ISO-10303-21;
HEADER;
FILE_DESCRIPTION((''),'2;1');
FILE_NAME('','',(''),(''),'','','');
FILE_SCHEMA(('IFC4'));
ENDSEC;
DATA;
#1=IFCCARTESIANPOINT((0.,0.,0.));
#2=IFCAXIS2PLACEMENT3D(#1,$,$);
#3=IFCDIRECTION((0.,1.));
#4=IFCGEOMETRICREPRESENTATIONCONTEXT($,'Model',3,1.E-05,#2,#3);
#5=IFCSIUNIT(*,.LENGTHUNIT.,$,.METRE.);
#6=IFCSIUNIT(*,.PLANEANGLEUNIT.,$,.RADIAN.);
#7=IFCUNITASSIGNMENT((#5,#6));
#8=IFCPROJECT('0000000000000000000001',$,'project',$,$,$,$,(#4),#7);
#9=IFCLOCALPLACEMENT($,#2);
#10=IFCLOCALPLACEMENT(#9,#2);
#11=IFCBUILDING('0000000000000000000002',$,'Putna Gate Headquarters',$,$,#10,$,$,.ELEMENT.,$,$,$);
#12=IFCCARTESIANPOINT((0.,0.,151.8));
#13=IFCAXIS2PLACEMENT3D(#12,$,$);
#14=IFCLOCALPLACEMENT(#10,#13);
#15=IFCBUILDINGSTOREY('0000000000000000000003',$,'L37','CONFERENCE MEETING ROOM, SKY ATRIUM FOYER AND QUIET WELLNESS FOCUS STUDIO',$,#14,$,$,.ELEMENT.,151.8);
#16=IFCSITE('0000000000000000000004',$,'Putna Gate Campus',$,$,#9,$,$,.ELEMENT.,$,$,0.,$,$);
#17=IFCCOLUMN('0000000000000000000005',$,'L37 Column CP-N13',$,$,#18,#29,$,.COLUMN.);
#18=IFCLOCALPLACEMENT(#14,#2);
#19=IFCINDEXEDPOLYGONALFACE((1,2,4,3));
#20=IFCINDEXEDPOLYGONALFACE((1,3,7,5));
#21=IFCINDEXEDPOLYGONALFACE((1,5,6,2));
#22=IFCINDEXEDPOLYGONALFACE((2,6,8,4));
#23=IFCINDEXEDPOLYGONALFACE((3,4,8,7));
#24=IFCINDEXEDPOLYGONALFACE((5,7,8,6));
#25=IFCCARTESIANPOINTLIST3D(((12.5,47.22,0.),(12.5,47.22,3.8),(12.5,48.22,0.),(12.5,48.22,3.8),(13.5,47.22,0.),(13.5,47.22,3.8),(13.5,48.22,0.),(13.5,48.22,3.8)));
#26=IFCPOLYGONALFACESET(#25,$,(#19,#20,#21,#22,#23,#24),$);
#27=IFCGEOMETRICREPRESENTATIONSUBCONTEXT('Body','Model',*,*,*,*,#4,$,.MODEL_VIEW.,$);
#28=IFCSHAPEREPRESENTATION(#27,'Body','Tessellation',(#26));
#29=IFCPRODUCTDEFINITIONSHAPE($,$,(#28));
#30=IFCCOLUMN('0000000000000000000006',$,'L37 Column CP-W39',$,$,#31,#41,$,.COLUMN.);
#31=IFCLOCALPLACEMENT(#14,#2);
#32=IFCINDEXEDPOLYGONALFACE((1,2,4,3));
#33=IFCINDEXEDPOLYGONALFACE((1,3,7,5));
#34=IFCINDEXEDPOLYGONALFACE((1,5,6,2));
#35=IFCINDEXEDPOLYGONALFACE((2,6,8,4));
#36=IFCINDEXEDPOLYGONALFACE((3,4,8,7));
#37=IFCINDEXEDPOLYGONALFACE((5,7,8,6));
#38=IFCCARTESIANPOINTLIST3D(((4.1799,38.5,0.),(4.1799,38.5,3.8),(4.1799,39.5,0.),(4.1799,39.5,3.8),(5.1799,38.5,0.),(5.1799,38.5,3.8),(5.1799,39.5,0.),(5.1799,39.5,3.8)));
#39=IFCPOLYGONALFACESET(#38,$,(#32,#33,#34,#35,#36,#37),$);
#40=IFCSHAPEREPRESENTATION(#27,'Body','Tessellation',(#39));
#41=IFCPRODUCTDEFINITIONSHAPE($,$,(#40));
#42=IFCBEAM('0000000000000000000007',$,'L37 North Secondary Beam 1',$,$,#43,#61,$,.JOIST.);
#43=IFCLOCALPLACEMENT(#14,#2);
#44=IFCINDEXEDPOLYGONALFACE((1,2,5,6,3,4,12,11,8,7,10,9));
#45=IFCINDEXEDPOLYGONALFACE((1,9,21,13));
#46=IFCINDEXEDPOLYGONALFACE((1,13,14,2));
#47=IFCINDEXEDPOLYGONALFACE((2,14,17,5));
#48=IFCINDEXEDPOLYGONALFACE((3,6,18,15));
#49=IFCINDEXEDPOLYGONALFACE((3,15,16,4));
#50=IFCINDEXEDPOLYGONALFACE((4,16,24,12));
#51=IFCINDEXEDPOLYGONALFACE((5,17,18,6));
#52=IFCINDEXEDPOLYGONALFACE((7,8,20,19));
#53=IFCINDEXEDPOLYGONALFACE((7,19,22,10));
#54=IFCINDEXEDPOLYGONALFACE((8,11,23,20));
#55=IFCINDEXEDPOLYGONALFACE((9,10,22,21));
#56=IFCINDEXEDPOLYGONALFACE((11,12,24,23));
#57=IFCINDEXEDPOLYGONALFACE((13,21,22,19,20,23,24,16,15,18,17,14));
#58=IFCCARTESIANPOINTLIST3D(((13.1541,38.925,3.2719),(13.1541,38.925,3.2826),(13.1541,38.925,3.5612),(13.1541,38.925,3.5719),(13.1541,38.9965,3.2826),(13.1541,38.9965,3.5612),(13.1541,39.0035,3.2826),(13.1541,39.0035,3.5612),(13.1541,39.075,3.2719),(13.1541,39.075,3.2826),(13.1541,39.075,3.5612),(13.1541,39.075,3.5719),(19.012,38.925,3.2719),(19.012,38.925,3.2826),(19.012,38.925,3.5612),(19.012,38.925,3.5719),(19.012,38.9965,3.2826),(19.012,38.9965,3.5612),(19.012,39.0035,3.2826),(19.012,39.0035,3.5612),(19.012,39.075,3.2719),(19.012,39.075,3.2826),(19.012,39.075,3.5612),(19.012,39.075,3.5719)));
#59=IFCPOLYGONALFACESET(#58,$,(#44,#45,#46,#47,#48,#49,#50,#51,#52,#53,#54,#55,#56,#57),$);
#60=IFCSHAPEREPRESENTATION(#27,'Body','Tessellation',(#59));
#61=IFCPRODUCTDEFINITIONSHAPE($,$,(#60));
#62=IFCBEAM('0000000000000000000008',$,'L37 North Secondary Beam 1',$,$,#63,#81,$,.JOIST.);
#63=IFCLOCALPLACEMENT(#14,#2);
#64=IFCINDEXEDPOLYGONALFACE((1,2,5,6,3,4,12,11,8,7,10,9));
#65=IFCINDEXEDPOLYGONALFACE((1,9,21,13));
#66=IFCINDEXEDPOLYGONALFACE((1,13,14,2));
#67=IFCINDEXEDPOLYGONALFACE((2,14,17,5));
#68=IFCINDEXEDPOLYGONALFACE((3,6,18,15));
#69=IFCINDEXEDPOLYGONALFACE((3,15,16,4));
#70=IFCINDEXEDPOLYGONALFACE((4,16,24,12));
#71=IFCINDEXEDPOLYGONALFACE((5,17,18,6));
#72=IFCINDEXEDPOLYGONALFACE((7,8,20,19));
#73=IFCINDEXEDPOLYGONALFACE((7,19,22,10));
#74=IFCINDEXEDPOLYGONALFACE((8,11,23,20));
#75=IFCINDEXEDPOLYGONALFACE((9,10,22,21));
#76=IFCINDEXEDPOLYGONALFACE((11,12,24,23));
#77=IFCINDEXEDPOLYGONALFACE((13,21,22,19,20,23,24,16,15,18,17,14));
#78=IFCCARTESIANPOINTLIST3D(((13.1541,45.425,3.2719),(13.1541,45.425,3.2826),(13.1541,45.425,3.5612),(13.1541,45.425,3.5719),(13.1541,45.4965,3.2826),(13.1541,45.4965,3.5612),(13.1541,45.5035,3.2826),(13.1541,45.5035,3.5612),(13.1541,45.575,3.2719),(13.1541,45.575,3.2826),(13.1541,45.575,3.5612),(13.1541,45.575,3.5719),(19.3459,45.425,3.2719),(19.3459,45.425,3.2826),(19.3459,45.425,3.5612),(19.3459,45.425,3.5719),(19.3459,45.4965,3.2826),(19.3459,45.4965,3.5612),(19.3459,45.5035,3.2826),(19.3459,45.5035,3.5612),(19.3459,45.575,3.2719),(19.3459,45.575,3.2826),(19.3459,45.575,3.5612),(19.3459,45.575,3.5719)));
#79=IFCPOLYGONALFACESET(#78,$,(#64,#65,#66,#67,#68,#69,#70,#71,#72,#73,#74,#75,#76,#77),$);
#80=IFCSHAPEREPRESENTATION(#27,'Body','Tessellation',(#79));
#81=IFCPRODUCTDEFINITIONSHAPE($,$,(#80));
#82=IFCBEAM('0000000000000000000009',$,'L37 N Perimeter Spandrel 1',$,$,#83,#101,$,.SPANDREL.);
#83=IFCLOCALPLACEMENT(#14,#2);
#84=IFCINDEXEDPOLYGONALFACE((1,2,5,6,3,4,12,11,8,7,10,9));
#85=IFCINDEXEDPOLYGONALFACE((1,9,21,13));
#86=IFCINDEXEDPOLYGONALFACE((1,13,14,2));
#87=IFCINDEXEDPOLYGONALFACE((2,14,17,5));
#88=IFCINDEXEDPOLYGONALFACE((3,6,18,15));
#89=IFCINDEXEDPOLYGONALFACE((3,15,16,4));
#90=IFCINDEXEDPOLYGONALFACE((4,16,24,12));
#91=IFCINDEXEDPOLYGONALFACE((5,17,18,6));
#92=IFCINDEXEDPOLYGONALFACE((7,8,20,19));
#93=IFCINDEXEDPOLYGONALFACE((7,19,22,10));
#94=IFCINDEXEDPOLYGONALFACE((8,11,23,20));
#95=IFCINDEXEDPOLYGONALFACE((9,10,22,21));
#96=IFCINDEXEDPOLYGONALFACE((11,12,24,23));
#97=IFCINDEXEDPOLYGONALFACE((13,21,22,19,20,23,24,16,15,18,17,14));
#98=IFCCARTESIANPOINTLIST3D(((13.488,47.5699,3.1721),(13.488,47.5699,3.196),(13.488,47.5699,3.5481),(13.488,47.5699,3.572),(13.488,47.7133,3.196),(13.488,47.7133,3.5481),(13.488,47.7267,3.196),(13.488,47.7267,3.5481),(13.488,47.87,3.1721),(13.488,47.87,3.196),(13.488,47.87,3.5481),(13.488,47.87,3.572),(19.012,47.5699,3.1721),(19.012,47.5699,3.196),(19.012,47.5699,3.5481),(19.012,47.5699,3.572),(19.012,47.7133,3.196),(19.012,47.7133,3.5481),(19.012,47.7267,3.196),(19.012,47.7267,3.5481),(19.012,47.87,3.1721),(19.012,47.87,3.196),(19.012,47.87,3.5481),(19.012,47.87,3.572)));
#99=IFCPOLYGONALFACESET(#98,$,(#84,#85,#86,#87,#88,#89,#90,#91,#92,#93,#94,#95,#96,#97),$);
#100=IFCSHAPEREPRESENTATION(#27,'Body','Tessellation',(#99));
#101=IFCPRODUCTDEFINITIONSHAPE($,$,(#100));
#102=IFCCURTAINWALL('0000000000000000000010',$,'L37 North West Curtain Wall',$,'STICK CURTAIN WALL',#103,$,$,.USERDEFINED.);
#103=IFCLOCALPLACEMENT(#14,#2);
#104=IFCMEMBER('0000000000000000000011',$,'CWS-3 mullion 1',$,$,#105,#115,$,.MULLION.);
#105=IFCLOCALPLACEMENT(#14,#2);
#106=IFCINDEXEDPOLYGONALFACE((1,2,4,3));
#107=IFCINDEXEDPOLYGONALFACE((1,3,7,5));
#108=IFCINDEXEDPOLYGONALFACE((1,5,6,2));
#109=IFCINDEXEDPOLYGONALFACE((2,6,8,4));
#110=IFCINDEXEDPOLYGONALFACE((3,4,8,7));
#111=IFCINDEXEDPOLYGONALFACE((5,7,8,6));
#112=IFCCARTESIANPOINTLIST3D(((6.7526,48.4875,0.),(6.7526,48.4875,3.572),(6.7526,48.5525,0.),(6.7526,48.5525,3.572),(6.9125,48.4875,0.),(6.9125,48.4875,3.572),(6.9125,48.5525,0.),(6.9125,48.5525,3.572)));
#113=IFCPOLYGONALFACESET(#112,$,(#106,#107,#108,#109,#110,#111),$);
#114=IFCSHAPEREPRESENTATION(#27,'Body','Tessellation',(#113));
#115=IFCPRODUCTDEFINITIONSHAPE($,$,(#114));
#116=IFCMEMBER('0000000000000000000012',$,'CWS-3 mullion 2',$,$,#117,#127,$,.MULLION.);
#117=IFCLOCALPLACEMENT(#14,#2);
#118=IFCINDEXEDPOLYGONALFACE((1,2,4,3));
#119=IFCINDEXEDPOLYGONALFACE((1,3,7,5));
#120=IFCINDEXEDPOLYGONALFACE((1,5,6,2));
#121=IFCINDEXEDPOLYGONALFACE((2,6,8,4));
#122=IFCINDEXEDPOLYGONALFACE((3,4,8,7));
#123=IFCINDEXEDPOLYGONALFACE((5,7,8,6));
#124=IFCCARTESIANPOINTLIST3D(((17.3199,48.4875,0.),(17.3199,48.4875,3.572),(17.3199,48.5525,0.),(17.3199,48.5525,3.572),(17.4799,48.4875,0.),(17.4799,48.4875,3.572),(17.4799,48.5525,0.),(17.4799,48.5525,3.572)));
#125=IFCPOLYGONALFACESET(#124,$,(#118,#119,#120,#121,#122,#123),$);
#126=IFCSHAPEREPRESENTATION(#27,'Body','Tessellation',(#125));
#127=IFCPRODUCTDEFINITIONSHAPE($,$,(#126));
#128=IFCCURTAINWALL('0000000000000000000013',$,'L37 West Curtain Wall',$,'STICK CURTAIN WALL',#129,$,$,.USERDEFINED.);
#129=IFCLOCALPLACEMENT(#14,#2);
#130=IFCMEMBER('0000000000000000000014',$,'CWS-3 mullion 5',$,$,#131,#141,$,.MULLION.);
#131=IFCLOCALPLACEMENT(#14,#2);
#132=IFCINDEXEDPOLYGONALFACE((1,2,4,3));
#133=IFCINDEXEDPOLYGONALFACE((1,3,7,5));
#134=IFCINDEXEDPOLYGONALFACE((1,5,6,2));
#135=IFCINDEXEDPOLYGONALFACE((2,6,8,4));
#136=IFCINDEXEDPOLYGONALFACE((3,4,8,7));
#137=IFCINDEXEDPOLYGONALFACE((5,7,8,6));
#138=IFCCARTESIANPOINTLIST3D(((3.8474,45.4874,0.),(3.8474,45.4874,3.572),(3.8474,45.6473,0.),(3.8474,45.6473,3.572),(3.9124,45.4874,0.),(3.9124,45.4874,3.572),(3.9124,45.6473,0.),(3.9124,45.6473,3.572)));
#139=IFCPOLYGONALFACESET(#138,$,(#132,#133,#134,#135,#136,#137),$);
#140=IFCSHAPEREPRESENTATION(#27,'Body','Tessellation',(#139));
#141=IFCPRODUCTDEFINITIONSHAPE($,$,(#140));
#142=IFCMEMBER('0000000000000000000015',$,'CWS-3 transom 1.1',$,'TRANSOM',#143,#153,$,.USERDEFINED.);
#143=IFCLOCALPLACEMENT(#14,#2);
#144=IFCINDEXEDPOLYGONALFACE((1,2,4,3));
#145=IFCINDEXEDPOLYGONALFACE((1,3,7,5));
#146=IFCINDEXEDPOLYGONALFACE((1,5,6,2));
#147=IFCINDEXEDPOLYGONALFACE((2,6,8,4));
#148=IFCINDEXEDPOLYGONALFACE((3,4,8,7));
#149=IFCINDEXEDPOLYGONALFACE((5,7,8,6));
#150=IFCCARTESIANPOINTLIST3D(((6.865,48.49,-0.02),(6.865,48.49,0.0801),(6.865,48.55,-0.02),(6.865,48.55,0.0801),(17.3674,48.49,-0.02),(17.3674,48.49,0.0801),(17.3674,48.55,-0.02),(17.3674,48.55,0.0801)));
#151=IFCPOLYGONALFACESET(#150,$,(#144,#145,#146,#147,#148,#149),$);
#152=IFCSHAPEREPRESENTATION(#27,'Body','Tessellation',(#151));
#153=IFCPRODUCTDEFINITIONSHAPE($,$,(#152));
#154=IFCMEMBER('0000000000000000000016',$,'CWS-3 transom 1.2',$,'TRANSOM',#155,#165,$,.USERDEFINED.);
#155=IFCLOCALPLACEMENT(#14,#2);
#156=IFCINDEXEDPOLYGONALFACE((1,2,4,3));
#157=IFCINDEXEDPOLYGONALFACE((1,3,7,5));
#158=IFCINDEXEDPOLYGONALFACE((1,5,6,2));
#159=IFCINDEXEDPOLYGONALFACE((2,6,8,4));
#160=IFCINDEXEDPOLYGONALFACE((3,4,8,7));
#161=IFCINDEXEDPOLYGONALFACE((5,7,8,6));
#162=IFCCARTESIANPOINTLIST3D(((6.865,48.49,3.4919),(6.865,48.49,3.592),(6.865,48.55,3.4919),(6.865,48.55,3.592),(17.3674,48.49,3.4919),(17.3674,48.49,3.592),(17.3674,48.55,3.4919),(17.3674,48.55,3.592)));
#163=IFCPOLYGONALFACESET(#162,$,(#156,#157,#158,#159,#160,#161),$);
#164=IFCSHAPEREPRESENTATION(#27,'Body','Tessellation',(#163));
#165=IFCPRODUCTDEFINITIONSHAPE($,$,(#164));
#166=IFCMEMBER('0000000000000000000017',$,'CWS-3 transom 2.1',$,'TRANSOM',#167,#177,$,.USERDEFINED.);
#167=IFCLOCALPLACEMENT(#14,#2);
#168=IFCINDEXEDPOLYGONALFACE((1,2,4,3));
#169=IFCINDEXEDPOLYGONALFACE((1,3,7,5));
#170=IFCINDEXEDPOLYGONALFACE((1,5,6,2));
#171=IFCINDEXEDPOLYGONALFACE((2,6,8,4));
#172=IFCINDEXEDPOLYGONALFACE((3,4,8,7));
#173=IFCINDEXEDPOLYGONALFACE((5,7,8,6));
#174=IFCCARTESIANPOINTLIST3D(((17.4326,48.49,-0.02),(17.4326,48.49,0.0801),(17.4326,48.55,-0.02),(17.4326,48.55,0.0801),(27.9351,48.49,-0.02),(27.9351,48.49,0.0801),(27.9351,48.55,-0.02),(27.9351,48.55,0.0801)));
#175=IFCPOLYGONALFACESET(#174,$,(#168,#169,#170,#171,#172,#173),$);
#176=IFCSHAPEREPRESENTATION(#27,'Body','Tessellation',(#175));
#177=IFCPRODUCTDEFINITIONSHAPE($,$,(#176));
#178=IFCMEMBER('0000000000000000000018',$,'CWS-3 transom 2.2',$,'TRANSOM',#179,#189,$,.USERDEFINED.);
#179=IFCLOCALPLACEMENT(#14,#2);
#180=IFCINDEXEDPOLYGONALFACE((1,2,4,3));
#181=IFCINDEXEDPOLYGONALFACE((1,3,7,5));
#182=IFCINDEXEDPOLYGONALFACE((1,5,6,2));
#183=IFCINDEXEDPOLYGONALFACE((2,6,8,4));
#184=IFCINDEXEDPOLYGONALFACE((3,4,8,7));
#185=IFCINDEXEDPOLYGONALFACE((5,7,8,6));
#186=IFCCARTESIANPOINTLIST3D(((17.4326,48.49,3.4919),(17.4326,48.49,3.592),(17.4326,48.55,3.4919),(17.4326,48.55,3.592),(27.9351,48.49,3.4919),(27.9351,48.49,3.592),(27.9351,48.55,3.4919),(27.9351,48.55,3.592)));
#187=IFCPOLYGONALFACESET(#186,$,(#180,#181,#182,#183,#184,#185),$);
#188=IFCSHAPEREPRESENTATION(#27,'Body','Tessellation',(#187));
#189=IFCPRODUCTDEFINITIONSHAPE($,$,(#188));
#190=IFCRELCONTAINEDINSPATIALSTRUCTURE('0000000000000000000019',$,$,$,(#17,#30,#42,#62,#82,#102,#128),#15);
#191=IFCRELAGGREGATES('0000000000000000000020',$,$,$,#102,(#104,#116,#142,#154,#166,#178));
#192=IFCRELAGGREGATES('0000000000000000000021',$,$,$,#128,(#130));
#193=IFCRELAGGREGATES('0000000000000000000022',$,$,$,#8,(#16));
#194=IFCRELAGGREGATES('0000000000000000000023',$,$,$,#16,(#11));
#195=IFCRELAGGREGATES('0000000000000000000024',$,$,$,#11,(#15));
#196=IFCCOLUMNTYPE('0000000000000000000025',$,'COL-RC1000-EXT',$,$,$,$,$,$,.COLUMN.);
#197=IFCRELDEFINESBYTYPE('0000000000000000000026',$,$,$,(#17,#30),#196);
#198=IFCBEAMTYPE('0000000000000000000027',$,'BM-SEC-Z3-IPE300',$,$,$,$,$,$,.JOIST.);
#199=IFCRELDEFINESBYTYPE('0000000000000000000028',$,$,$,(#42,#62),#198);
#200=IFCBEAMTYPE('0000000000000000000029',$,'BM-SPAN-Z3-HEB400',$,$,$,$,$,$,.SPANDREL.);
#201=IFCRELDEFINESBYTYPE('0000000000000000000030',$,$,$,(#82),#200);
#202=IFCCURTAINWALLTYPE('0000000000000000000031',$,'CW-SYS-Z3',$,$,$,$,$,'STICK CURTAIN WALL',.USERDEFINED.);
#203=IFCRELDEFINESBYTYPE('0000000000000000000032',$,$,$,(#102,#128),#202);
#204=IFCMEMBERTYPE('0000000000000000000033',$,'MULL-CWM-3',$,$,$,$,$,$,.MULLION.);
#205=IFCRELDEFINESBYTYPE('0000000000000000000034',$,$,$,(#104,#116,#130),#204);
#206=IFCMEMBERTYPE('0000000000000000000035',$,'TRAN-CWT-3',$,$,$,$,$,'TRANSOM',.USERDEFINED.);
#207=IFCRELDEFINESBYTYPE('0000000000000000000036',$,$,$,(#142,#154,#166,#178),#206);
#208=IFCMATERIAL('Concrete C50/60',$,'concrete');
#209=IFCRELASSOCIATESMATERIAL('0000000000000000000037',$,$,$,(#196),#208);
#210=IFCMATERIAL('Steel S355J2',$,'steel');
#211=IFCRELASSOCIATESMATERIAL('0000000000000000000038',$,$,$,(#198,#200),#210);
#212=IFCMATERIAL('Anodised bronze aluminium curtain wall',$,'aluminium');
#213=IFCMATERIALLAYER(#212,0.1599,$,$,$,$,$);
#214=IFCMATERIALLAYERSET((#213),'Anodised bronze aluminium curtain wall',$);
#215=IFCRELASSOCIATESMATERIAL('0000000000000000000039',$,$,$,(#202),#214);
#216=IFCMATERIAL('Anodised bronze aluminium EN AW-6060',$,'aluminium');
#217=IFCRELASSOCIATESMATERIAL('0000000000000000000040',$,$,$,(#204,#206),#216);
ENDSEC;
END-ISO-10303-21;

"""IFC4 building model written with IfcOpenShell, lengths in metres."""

from ifc_helpers import new_model, si_unit, direction, frame, origin, origin_2d, place, context, subcontext, project, spatial, rectangle, i_section, extrude, material, layer, layer_set, material_profile, profile_set, type_object, element, aggregate, save


model = new_model("IFC4")

# Units and contexts
model_context = context("Model", 3, precision=1e-05, world=origin(), true_north=direction((0.0, 1.0)))
body_context = subcontext(model_context, "Body", "Model", "MODEL_VIEW")
ifc_project = project(units=[si_unit("LENGTHUNIT", "METRE"), si_unit("PLANEANGLEUNIT", "RADIAN")], contexts=[model_context])

# Site, building, storey
site_placement = place(None, origin())
site = spatial("IfcSite", under=ifc_project, at=site_placement, Name="Putna Gate Campus", CompositionType="ELEMENT", RefElevation=0.0)
building_placement = place(site_placement, origin())
building = spatial("IfcBuilding", under=site, at=building_placement, Name="Putna Gate Headquarters", CompositionType="ELEMENT")
storey_placement = place(building_placement, frame((0.0, 0.0, 151.8)))
storey = spatial("IfcBuildingStorey", under=building, at=storey_placement, Name="L37", Description="CONFERENCE MEETING ROOM, SKY ATRIUM FOYER AND QUIET WELLNESS FOCUS STUDIO", CompositionType="ELEMENT", Elevation=151.8)

# Columns
ifc_material_1 = material(Name="Concrete C50/60", Category="concrete")
ifc_material_profile_1 = material_profile(ifc_material_1, rectangle(XDim=1.0, YDim=1.0, at=origin_2d()), Name="Concrete C50/60")
ifc_profile_set_1 = profile_set([ifc_material_profile_1], Name="Concrete C50/60")
column_type = type_object("IfcColumnType", Name="COL-RC1000-EXT", PredefinedType="COLUMN", material=ifc_profile_set_1)
for number, where, z_axis, x_axis, name in (
    (1, (13.0, 47.72, 0.0), (0.0, 0.0, 1.0), (1.0, 0.0, 0.0), "L37 Column CP-N13"),
    (2, (4.6799, 39.0, 0.0), (0.0, 0.0, 1.0), (1.0, 0.0, 0.0), "L37 Column CP-W39"),
):
    element("IfcColumn", number, at=place(storey_placement, frame(where, z_axis=z_axis, x_axis=x_axis)), inside=storey, type_object=column_type, Name=name, PredefinedType="COLUMN", context=body_context, shape_type="SweptSolid", body=[
        extrude(rectangle(XDim=1.0, YDim=1.0, at=origin_2d()), origin(), (0.0, 0.0, 1.0), 3.8),
    ])

# Beams
ifc_material_2 = material(Name="Steel S355J2", Category="steel")
ifc_material_profile_2 = material_profile(ifc_material_2, i_section(OverallWidth=0.1499, OverallDepth=0.3, WebThickness=0.0071, FlangeThickness=0.0107, at=origin_2d()), Name="Steel S355J2")
ifc_profile_set_2 = profile_set([ifc_material_profile_2], Name="Steel S355J2")
beam_type_1 = type_object("IfcBeamType", Name="BM-SEC-Z3-IPE300", PredefinedType="JOIST", material=ifc_profile_set_2)
beam_1_placement = place(storey_placement, frame((13.1541, 39.0, 3.4219), z_axis=(1.0, 0.0, 0.0), x_axis=(0.0, 1.0, 0.0)))
element("IfcBeam", 3, at=beam_1_placement, inside=storey, type_object=beam_type_1, Name="L37 North Secondary Beam 1", PredefinedType="JOIST", context=body_context, shape_type="SweptSolid", body=[
    extrude(i_section(OverallWidth=0.1499, OverallDepth=0.3, WebThickness=0.0071, FlangeThickness=0.0107, at=origin_2d()), origin(), (0.0, 0.0, 1.0), 5.8579),
])
beam_2_placement = place(storey_placement, frame((13.1541, 45.5, 3.4219), z_axis=(1.0, 0.0, 0.0), x_axis=(0.0, 1.0, 0.0)))
element("IfcBeam", 4, at=beam_2_placement, inside=storey, type_object=beam_type_1, Name="L37 North Secondary Beam 1", PredefinedType="JOIST", context=body_context, shape_type="SweptSolid", body=[
    extrude(i_section(OverallWidth=0.1499, OverallDepth=0.3, WebThickness=0.0071, FlangeThickness=0.0107, at=origin_2d()), origin(), (0.0, 0.0, 1.0), 6.1919),
])
ifc_material_profile_3 = material_profile(ifc_material_2, i_section(OverallWidth=0.3, OverallDepth=0.3999, WebThickness=0.0134, FlangeThickness=0.0239, at=origin_2d()), Name="Steel S355J2")
ifc_profile_set_3 = profile_set([ifc_material_profile_3], Name="Steel S355J2")
beam_type_2 = type_object("IfcBeamType", Name="BM-SPAN-Z3-HEB400", PredefinedType="SPANDREL", material=ifc_profile_set_3)
beam_3_placement = place(storey_placement, frame((13.488, 47.72, 3.3721), z_axis=(1.0, 0.0, 0.0), x_axis=(0.0, 1.0, 0.0)))
element("IfcBeam", 5, at=beam_3_placement, inside=storey, type_object=beam_type_2, Name="L37 N Perimeter Spandrel 1", PredefinedType="SPANDREL", context=body_context, shape_type="SweptSolid", body=[
    extrude(i_section(OverallWidth=0.3, OverallDepth=0.3999, WebThickness=0.0134, FlangeThickness=0.0239, at=origin_2d()), origin(), (0.0, 0.0, 1.0), 5.5239),
])

# Curtain wall, members
ifc_material_3 = material(Name="Anodised bronze aluminium curtain wall", Category="aluminium")
ifc_layer_1 = layer(ifc_material_3, 0.1599)
ifc_layer_set_1 = layer_set([ifc_layer_1], Name="Anodised bronze aluminium curtain wall")
curtain_wall_type = type_object("IfcCurtainWallType", Name="CW-SYS-Z3", ElementType="STICK CURTAIN WALL", PredefinedType="USERDEFINED", material=ifc_layer_set_1)
curtain_wall_1_placement = place(storey_placement, origin())
curtain_wall_1 = element("IfcCurtainWall", 6, at=curtain_wall_1_placement, inside=storey, type_object=curtain_wall_type, Name="L37 North West Curtain Wall", ObjectType="STICK CURTAIN WALL", PredefinedType="USERDEFINED")
ifc_material_4 = material(Name="Anodised bronze aluminium EN AW-6060", Category="aluminium")
ifc_material_profile_4 = material_profile(ifc_material_4, rectangle(XDim=0.0649, YDim=0.1599, at=origin_2d()), Name="Anodised bronze aluminium EN AW-6060")
ifc_profile_set_4 = profile_set([ifc_material_profile_4], Name="Anodised bronze aluminium EN AW-6060")
member_type_1 = type_object("IfcMemberType", Name="MULL-CWM-3", PredefinedType="MULLION", material=ifc_profile_set_4)
member_1_placement = place(storey_placement, frame((6.8325, 48.52, 0.0), z_axis=(0.0, 0.0, 1.0), x_axis=(0.0, 1.0, 0.0)))
member_1 = element("IfcMember", 7, at=member_1_placement, type_object=member_type_1, Name="CWS-3 mullion 1", PredefinedType="MULLION", context=body_context, shape_type="SweptSolid", body=[
    extrude(rectangle(XDim=0.0649, YDim=0.1599, at=origin_2d()), origin(), (0.0, 0.0, 1.0), 3.572),
])
member_2_placement = place(storey_placement, frame((17.3999, 48.52, 0.0), z_axis=(0.0, 0.0, 1.0), x_axis=(0.0, 1.0, 0.0)))
member_2 = element("IfcMember", 8, at=member_2_placement, type_object=member_type_1, Name="CWS-3 mullion 2", PredefinedType="MULLION", context=body_context, shape_type="SweptSolid", body=[
    extrude(rectangle(XDim=0.0649, YDim=0.1599, at=origin_2d()), origin(), (0.0, 0.0, 1.0), 3.572),
])

# Curtain wall, member
curtain_wall_2_placement = place(storey_placement, origin())
curtain_wall_2 = element("IfcCurtainWall", 9, at=curtain_wall_2_placement, inside=storey, type_object=curtain_wall_type, Name="L37 West Curtain Wall", ObjectType="STICK CURTAIN WALL", PredefinedType="USERDEFINED")
member_3_placement = place(storey_placement, frame((3.8799, 45.5674, 0.0), z_axis=(0.0, 0.0, 1.0), x_axis=(-1.0, 0.0, 0.0)))
member_3 = element("IfcMember", 10, at=member_3_placement, type_object=member_type_1, Name="CWS-3 mullion 5", PredefinedType="MULLION", context=body_context, shape_type="SweptSolid", body=[
    extrude(rectangle(XDim=0.0649, YDim=0.1599, at=origin_2d()), origin(), (0.0, 0.0, 1.0), 3.572),
])

# Members
ifc_material_profile_5 = material_profile(ifc_material_4, rectangle(XDim=0.0601, YDim=0.1001, at=origin_2d()), Name="Anodised bronze aluminium EN AW-6060")
ifc_profile_set_5 = profile_set([ifc_material_profile_5], Name="Anodised bronze aluminium EN AW-6060")
member_type_2 = type_object("IfcMemberType", Name="TRAN-CWT-3", ElementType="TRANSOM", PredefinedType="USERDEFINED", material=ifc_profile_set_5)
member_4_placement = place(storey_placement, frame((6.865, 48.52, 0.03), z_axis=(1.0, 0.0, 0.0), x_axis=(0.0, 1.0, 0.0)))
member_4 = element("IfcMember", 11, at=member_4_placement, type_object=member_type_2, Name="CWS-3 transom 1.1", ObjectType="TRANSOM", PredefinedType="USERDEFINED", context=body_context, shape_type="SweptSolid", body=[
    extrude(rectangle(XDim=0.0601, YDim=0.1001, at=origin_2d()), origin(), (0.0, 0.0, 1.0), 10.5024),
])
member_5_placement = place(storey_placement, frame((6.865, 48.52, 3.542), z_axis=(1.0, 0.0, 0.0), x_axis=(0.0, 1.0, 0.0)))
member_5 = element("IfcMember", 12, at=member_5_placement, type_object=member_type_2, Name="CWS-3 transom 1.2", ObjectType="TRANSOM", PredefinedType="USERDEFINED", context=body_context, shape_type="SweptSolid", body=[
    extrude(rectangle(XDim=0.0601, YDim=0.1001, at=origin_2d()), origin(), (0.0, 0.0, 1.0), 10.5024),
])
member_6_placement = place(storey_placement, frame((17.4326, 48.52, 0.03), z_axis=(1.0, 0.0, 0.0), x_axis=(0.0, 1.0, 0.0)))
member_6 = element("IfcMember", 13, at=member_6_placement, type_object=member_type_2, Name="CWS-3 transom 2.1", ObjectType="TRANSOM", PredefinedType="USERDEFINED", context=body_context, shape_type="SweptSolid", body=[
    extrude(rectangle(XDim=0.0601, YDim=0.1001, at=origin_2d()), origin(), (0.0, 0.0, 1.0), 10.5024),
])
member_7_placement = place(storey_placement, frame((17.4326, 48.52, 3.542), z_axis=(1.0, 0.0, 0.0), x_axis=(0.0, 1.0, 0.0)))
member_7 = element("IfcMember", 14, at=member_7_placement, type_object=member_type_2, Name="CWS-3 transom 2.2", ObjectType="TRANSOM", PredefinedType="USERDEFINED", context=body_context, shape_type="SweptSolid", body=[
    extrude(rectangle(XDim=0.0601, YDim=0.1001, at=origin_2d()), origin(), (0.0, 0.0, 1.0), 10.5024),
])

aggregate(curtain_wall_1, [member_1, member_2, member_4, member_5, member_6, member_7])
aggregate(curtain_wall_2, [member_3])

save(model, "model.ifc")
